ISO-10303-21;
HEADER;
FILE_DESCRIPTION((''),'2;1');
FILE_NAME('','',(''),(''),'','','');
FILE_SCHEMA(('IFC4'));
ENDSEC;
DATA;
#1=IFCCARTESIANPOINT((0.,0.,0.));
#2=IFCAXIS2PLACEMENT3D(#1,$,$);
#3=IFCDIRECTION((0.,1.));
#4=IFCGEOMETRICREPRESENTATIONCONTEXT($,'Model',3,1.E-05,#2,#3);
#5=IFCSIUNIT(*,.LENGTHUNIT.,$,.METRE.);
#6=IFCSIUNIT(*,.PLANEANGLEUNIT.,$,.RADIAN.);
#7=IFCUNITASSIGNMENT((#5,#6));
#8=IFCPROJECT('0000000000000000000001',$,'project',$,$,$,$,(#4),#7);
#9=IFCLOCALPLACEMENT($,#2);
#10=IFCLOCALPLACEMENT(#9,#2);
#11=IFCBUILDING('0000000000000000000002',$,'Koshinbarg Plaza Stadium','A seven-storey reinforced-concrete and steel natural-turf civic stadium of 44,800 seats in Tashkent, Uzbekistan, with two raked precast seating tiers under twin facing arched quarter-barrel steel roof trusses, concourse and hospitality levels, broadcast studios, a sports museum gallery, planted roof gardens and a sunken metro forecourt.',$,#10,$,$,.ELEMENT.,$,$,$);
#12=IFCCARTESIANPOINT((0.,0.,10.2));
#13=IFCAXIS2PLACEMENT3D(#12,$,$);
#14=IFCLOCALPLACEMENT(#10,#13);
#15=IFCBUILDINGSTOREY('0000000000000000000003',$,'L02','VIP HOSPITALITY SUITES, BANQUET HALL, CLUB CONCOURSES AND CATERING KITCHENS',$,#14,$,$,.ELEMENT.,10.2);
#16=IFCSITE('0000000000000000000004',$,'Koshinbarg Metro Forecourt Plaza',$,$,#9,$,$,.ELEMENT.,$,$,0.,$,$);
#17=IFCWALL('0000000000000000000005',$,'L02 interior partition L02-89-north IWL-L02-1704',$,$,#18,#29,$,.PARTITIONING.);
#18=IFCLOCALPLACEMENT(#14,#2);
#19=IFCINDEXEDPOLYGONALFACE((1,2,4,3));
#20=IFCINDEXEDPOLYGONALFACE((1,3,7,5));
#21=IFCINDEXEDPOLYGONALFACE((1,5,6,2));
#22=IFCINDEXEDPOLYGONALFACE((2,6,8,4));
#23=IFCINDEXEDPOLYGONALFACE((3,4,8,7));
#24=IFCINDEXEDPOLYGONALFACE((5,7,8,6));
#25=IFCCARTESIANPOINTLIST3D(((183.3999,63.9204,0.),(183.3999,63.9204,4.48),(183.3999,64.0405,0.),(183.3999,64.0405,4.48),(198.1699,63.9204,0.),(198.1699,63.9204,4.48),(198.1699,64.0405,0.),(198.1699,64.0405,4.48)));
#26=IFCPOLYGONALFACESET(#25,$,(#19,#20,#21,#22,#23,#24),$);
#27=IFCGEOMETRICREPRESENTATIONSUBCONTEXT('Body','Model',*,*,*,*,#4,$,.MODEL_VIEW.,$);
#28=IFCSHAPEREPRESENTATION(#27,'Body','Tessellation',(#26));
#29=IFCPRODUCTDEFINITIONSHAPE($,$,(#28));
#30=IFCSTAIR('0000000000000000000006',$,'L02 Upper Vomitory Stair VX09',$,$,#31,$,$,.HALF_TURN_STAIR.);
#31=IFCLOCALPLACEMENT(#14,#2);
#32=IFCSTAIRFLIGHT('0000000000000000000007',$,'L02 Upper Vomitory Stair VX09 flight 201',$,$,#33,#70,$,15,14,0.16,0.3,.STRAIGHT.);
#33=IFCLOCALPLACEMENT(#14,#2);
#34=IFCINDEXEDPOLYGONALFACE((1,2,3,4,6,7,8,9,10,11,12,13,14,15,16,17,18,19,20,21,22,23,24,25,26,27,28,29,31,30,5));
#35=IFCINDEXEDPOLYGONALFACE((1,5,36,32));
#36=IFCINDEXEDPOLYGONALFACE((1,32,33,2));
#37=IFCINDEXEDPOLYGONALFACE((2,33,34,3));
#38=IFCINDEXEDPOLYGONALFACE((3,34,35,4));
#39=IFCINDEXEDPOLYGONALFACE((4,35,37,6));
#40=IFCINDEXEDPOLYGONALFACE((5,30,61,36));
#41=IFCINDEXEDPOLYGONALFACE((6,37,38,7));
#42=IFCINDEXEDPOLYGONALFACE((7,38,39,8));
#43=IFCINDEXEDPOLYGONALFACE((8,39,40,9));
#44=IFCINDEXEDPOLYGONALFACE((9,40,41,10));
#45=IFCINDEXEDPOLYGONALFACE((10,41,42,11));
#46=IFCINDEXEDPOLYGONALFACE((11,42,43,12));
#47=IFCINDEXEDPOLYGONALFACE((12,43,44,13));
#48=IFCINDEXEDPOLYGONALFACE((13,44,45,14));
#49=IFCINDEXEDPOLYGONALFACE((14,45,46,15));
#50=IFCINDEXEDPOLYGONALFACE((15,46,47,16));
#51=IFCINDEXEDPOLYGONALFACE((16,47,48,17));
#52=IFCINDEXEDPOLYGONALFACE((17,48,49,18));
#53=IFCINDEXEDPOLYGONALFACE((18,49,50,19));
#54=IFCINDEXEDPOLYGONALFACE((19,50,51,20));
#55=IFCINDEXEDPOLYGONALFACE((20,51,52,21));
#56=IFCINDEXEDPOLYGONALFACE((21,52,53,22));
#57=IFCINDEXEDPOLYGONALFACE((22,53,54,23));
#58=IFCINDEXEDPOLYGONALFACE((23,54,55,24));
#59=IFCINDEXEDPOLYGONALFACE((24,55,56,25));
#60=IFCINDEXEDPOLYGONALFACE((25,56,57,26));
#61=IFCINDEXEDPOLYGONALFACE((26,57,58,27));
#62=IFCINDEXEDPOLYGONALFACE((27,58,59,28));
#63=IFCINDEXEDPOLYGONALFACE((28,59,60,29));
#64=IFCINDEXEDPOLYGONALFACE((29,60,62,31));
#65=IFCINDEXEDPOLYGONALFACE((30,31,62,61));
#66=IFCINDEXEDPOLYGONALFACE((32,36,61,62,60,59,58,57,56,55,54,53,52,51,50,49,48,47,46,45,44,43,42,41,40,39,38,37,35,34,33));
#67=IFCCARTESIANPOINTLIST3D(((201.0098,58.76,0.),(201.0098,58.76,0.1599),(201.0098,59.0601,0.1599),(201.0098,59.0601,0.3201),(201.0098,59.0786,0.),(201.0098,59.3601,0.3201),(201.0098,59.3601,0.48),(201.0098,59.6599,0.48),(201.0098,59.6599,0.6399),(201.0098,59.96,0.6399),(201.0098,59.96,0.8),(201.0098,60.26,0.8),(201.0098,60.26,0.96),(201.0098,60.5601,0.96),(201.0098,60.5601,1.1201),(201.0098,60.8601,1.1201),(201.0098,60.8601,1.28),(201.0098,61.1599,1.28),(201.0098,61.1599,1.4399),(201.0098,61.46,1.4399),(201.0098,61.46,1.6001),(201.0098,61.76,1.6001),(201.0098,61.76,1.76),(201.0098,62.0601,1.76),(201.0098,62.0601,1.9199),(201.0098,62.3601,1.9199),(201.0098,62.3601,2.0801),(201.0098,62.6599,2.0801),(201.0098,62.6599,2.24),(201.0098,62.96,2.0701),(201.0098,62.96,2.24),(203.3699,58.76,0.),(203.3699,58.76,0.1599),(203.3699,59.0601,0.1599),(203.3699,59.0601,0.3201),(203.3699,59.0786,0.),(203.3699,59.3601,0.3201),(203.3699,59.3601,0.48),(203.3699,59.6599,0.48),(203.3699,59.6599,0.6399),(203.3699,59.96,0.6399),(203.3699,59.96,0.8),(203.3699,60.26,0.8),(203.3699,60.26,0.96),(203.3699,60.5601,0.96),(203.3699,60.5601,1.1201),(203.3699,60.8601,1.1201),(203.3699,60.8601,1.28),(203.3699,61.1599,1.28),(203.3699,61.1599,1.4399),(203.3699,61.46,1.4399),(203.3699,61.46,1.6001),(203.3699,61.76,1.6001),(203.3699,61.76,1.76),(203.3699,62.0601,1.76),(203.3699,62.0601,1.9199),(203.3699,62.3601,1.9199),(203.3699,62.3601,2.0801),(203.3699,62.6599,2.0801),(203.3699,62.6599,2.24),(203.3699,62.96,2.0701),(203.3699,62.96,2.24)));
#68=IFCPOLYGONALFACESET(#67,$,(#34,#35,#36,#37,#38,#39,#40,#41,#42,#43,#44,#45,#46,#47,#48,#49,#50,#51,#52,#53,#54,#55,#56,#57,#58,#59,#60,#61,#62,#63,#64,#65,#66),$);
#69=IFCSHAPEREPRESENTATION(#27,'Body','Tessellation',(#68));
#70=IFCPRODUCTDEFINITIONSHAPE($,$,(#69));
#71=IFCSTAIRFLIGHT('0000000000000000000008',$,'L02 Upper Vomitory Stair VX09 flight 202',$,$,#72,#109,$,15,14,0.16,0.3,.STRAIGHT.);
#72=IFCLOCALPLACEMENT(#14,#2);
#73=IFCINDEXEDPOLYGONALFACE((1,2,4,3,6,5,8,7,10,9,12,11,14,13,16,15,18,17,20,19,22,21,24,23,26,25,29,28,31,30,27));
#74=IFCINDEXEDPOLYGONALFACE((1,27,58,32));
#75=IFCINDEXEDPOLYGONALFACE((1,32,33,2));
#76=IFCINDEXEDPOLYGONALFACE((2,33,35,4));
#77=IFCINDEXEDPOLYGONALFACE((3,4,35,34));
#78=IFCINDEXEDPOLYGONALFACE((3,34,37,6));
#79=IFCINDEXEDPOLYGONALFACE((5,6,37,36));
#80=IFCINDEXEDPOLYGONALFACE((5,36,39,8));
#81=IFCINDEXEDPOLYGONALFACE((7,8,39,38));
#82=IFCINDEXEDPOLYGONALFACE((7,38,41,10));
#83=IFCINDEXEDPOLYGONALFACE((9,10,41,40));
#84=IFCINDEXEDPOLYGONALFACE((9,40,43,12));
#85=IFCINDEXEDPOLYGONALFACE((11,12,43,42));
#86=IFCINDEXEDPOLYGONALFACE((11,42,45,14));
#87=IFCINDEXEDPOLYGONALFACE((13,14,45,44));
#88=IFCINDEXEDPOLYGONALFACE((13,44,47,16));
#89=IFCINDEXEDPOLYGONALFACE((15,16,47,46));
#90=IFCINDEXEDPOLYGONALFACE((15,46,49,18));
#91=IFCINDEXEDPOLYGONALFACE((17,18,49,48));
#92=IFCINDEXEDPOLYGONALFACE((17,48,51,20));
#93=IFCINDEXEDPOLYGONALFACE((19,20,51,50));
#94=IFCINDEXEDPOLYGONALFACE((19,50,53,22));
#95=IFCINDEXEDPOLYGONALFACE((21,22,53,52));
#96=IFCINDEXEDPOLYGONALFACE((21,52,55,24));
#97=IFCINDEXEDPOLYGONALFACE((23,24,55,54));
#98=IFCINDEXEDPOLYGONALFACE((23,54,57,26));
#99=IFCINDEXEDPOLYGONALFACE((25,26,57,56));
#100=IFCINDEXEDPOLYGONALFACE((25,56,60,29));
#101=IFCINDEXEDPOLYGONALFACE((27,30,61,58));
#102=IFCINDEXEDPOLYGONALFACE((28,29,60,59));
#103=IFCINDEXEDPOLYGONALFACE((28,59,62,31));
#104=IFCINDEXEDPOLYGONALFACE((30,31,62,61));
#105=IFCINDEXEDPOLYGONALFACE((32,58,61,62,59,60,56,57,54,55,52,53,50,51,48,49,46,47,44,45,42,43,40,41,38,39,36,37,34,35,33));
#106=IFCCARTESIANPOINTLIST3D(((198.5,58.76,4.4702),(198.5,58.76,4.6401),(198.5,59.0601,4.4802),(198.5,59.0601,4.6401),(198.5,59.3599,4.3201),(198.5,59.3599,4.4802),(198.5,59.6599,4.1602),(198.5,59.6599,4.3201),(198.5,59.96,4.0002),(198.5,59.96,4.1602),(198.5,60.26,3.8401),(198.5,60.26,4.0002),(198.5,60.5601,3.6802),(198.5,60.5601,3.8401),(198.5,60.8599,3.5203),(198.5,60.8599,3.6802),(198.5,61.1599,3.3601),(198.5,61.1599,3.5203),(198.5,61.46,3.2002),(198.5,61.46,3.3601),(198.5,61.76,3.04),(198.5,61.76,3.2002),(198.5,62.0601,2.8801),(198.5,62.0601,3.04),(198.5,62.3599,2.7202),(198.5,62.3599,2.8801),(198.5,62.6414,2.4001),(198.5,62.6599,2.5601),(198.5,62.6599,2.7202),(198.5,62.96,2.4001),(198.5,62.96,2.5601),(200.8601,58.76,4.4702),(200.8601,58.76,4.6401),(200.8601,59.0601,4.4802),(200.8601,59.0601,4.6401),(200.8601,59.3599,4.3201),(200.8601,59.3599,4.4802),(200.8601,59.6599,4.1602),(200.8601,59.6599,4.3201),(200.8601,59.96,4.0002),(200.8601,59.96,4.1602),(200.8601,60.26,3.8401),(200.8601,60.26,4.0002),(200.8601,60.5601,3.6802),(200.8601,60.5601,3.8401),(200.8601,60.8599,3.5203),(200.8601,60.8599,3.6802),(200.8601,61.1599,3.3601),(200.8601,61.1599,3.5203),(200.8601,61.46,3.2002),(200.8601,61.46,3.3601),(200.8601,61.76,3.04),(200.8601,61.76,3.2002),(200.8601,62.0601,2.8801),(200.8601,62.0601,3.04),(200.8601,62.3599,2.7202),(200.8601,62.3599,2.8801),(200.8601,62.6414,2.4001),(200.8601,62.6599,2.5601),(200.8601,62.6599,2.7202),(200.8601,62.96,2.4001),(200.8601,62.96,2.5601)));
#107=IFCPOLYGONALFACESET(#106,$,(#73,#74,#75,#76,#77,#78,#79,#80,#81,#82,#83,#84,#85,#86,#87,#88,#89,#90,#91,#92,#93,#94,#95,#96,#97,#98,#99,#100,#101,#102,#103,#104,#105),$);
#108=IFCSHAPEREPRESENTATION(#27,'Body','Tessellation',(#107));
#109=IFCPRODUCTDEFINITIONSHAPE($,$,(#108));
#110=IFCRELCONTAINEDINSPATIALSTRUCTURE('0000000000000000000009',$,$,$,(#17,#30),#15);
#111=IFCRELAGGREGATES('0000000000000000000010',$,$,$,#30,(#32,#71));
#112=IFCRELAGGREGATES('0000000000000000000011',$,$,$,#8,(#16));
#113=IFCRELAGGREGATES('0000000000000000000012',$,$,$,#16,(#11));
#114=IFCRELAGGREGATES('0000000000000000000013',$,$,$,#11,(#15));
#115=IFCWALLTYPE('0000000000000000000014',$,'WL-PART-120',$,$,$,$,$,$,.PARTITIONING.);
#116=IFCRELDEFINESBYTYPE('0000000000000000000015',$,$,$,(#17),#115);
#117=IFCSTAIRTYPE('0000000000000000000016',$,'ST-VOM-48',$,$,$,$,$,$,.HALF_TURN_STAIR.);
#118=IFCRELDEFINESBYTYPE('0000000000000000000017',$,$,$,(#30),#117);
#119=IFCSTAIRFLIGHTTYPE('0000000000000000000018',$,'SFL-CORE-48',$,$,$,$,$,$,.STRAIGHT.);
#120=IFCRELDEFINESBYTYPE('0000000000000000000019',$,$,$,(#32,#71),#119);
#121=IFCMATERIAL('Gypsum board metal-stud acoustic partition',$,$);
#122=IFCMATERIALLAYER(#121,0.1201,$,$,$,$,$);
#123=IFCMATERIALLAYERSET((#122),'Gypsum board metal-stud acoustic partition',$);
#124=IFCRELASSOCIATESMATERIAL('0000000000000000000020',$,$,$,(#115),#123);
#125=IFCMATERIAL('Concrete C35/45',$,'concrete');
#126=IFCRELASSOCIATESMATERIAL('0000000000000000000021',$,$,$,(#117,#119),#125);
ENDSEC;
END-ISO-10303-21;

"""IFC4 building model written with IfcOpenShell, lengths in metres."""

from ifc_helpers import new_model, si_unit, direction, frame, frame_2d, origin, place, context, subcontext, project, spatial, polyline, rectangle, outline, extrude, material, layer, layer_set, type_object, element, aggregate, save


model = new_model("IFC4")

# Units and contexts
model_context = context("Model", 3, precision=1e-05, world=origin(), true_north=direction((0.0, 1.0)))
body_context = subcontext(model_context, "Body", "Model", "MODEL_VIEW")
ifc_project = project(units=[si_unit("LENGTHUNIT", "METRE"), si_unit("PLANEANGLEUNIT", "RADIAN")], contexts=[model_context])

# Site, building, storey
site_placement = place(None, origin())
site = spatial("IfcSite", under=ifc_project, at=site_placement, Name="Koshinbarg Metro Forecourt Plaza", CompositionType="ELEMENT", RefElevation=0.0)
building_placement = place(site_placement, origin())
building = spatial("IfcBuilding", under=site, at=building_placement, Name="Koshinbarg Plaza Stadium", Description="A seven-storey reinforced-concrete and steel natural-turf civic stadium of 44,800 seats in Tashkent, Uzbekistan, with two raked precast seating tiers under twin facing arched quarter-barrel steel roof trusses, concourse and hospitality levels, broadcast studios, a sports museum gallery, planted roof gardens and a sunken metro forecourt.", CompositionType="ELEMENT")
storey_placement = place(building_placement, frame((0.0, 0.0, 10.2)))
storey = spatial("IfcBuildingStorey", under=building, at=storey_placement, Name="L02", Description="VIP HOSPITALITY SUITES, BANQUET HALL, CLUB CONCOURSES AND CATERING KITCHENS", CompositionType="ELEMENT", Elevation=10.2)

# Wall
ifc_material_1 = material(Name="Gypsum board metal-stud acoustic partition")
ifc_layer_1 = layer(ifc_material_1, 0.1201)
ifc_layer_set_1 = layer_set([ifc_layer_1], Name="Gypsum board metal-stud acoustic partition")
wall_type_1 = type_object("IfcWallType", Name="WL-PART-120", PredefinedType="PARTITIONING", material=ifc_layer_set_1)
wall_1_placement = place(storey_placement, frame((198.1699, 63.9805, 0.0), z_axis=(0.0, 0.0, 1.0), x_axis=(-1.0, 0.0, 0.0)))
element("IfcWall", 1, at=wall_1_placement, inside=storey, type_object=wall_type_1, Name="L02 interior partition L02-89-north IWL-L02-1704", PredefinedType="PARTITIONING", context=body_context, shape_type="SweptSolid", body=[
    extrude(rectangle(XDim=14.77, YDim=0.1201, at=frame_2d((7.385, 0.0))), origin(), (0.0, 0.0, 1.0), 4.48),
])

# Stair, stair flights
ifc_material_2 = material(Name="Concrete C35/45", Category="concrete")
stair_type = type_object("IfcStairType", Name="ST-VOM-48", PredefinedType="HALF_TURN_STAIR", material=ifc_material_2)
stair_placement = place(storey_placement, origin())
stair = element("IfcStair", 2, at=stair_placement, inside=storey, type_object=stair_type, Name="L02 Upper Vomitory Stair VX09", PredefinedType="HALF_TURN_STAIR")
stair_flight_type = type_object("IfcStairFlightType", Name="SFL-CORE-48", PredefinedType="STRAIGHT", material=ifc_material_2)
stair_flight_1_placement = place(storey_placement, frame((202.1899, 58.76, 0.0), z_axis=(0.0, 0.0, 1.0), x_axis=(0.0, 1.0, 0.0)))
stair_flight_1 = element("IfcStairFlight", 3, at=stair_flight_1_placement, type_object=stair_flight_type, Name="L02 Upper Vomitory Stair VX09 flight 201", NumberOfRisers=15, NumberOfTreads=14, PredefinedType="STRAIGHT", RiserHeight=0.16, TreadLength=0.3, context=body_context, shape_type="SweptSolid", body=[
    extrude(outline(polyline([(0.0, 0.0), (0.0, 0.1599), (0.3, 0.1599), (0.3, 0.3201), (0.6001, 0.3201), (0.6001, 0.48), (0.8999, 0.48), (0.8999, 0.6399), (1.2, 0.6399), (1.2, 0.8), (1.5, 0.8), (1.5, 0.96), (1.8, 0.96), (1.8, 1.1201), (2.1001, 1.1201), (2.1001, 1.28), (2.3999, 1.28), (2.3999, 1.4399), (2.7, 1.4399), (2.7, 1.6001), (3.0, 1.6001), (3.0, 1.76), (3.3, 1.76), (3.3, 1.9199), (3.6001, 1.9199), (3.6001, 2.0801), (3.8999, 2.0801), (3.8999, 2.24), (4.2, 2.24), (4.2, 2.3999), (4.2, 2.0701), (0.3186, 0.0), (0.0, 0.0)])), frame((0.0, 1.1802, 0.0), z_axis=(0.0, -1.0, 0.0), x_axis=(1.0, 0.0, 0.0)), (0.0, 0.0, 1.0), 2.3601),
])
stair_flight_2_placement = place(storey_placement, frame((199.6799, 62.96, 2.4001), z_axis=(0.0, 0.0, 1.0), x_axis=(0.0, -1.0, 0.0)))
stair_flight_2 = element("IfcStairFlight", 4, at=stair_flight_2_placement, type_object=stair_flight_type, Name="L02 Upper Vomitory Stair VX09 flight 202", NumberOfRisers=15, NumberOfTreads=14, PredefinedType="STRAIGHT", RiserHeight=0.16, TreadLength=0.3, context=body_context, shape_type="SweptSolid", body=[
    extrude(outline(polyline([(0.0, 0.0), (0.0, 0.1599), (0.3, 0.1599), (0.3, 0.3201), (0.6001, 0.3201), (0.6001, 0.48), (0.8999, 0.48), (0.8999, 0.6399), (1.2, 0.6399), (1.2, 0.8), (1.5, 0.8), (1.5, 0.96), (1.8, 0.96), (1.8, 1.1201), (2.1001, 1.1201), (2.1001, 1.28), (2.3999, 1.28), (2.3999, 1.4399), (2.7, 1.4399), (2.7, 1.6001), (3.0, 1.6001), (3.0, 1.76), (3.3, 1.76), (3.3, 1.9199), (3.6001, 1.9199), (3.6001, 2.0801), (3.8999, 2.0801), (3.8999, 2.24), (4.2, 2.24), (4.2, 2.3999), (4.2, 2.0701), (0.3186, 0.0), (0.0, 0.0)])), frame((0.0, 1.1802, 0.0), z_axis=(0.0, -1.0, 0.0), x_axis=(1.0, 0.0, 0.0)), (0.0, 0.0, 1.0), 2.3601),
])
aggregate(stair, [stair_flight_1, stair_flight_2])

save(model, "model.ifc")
